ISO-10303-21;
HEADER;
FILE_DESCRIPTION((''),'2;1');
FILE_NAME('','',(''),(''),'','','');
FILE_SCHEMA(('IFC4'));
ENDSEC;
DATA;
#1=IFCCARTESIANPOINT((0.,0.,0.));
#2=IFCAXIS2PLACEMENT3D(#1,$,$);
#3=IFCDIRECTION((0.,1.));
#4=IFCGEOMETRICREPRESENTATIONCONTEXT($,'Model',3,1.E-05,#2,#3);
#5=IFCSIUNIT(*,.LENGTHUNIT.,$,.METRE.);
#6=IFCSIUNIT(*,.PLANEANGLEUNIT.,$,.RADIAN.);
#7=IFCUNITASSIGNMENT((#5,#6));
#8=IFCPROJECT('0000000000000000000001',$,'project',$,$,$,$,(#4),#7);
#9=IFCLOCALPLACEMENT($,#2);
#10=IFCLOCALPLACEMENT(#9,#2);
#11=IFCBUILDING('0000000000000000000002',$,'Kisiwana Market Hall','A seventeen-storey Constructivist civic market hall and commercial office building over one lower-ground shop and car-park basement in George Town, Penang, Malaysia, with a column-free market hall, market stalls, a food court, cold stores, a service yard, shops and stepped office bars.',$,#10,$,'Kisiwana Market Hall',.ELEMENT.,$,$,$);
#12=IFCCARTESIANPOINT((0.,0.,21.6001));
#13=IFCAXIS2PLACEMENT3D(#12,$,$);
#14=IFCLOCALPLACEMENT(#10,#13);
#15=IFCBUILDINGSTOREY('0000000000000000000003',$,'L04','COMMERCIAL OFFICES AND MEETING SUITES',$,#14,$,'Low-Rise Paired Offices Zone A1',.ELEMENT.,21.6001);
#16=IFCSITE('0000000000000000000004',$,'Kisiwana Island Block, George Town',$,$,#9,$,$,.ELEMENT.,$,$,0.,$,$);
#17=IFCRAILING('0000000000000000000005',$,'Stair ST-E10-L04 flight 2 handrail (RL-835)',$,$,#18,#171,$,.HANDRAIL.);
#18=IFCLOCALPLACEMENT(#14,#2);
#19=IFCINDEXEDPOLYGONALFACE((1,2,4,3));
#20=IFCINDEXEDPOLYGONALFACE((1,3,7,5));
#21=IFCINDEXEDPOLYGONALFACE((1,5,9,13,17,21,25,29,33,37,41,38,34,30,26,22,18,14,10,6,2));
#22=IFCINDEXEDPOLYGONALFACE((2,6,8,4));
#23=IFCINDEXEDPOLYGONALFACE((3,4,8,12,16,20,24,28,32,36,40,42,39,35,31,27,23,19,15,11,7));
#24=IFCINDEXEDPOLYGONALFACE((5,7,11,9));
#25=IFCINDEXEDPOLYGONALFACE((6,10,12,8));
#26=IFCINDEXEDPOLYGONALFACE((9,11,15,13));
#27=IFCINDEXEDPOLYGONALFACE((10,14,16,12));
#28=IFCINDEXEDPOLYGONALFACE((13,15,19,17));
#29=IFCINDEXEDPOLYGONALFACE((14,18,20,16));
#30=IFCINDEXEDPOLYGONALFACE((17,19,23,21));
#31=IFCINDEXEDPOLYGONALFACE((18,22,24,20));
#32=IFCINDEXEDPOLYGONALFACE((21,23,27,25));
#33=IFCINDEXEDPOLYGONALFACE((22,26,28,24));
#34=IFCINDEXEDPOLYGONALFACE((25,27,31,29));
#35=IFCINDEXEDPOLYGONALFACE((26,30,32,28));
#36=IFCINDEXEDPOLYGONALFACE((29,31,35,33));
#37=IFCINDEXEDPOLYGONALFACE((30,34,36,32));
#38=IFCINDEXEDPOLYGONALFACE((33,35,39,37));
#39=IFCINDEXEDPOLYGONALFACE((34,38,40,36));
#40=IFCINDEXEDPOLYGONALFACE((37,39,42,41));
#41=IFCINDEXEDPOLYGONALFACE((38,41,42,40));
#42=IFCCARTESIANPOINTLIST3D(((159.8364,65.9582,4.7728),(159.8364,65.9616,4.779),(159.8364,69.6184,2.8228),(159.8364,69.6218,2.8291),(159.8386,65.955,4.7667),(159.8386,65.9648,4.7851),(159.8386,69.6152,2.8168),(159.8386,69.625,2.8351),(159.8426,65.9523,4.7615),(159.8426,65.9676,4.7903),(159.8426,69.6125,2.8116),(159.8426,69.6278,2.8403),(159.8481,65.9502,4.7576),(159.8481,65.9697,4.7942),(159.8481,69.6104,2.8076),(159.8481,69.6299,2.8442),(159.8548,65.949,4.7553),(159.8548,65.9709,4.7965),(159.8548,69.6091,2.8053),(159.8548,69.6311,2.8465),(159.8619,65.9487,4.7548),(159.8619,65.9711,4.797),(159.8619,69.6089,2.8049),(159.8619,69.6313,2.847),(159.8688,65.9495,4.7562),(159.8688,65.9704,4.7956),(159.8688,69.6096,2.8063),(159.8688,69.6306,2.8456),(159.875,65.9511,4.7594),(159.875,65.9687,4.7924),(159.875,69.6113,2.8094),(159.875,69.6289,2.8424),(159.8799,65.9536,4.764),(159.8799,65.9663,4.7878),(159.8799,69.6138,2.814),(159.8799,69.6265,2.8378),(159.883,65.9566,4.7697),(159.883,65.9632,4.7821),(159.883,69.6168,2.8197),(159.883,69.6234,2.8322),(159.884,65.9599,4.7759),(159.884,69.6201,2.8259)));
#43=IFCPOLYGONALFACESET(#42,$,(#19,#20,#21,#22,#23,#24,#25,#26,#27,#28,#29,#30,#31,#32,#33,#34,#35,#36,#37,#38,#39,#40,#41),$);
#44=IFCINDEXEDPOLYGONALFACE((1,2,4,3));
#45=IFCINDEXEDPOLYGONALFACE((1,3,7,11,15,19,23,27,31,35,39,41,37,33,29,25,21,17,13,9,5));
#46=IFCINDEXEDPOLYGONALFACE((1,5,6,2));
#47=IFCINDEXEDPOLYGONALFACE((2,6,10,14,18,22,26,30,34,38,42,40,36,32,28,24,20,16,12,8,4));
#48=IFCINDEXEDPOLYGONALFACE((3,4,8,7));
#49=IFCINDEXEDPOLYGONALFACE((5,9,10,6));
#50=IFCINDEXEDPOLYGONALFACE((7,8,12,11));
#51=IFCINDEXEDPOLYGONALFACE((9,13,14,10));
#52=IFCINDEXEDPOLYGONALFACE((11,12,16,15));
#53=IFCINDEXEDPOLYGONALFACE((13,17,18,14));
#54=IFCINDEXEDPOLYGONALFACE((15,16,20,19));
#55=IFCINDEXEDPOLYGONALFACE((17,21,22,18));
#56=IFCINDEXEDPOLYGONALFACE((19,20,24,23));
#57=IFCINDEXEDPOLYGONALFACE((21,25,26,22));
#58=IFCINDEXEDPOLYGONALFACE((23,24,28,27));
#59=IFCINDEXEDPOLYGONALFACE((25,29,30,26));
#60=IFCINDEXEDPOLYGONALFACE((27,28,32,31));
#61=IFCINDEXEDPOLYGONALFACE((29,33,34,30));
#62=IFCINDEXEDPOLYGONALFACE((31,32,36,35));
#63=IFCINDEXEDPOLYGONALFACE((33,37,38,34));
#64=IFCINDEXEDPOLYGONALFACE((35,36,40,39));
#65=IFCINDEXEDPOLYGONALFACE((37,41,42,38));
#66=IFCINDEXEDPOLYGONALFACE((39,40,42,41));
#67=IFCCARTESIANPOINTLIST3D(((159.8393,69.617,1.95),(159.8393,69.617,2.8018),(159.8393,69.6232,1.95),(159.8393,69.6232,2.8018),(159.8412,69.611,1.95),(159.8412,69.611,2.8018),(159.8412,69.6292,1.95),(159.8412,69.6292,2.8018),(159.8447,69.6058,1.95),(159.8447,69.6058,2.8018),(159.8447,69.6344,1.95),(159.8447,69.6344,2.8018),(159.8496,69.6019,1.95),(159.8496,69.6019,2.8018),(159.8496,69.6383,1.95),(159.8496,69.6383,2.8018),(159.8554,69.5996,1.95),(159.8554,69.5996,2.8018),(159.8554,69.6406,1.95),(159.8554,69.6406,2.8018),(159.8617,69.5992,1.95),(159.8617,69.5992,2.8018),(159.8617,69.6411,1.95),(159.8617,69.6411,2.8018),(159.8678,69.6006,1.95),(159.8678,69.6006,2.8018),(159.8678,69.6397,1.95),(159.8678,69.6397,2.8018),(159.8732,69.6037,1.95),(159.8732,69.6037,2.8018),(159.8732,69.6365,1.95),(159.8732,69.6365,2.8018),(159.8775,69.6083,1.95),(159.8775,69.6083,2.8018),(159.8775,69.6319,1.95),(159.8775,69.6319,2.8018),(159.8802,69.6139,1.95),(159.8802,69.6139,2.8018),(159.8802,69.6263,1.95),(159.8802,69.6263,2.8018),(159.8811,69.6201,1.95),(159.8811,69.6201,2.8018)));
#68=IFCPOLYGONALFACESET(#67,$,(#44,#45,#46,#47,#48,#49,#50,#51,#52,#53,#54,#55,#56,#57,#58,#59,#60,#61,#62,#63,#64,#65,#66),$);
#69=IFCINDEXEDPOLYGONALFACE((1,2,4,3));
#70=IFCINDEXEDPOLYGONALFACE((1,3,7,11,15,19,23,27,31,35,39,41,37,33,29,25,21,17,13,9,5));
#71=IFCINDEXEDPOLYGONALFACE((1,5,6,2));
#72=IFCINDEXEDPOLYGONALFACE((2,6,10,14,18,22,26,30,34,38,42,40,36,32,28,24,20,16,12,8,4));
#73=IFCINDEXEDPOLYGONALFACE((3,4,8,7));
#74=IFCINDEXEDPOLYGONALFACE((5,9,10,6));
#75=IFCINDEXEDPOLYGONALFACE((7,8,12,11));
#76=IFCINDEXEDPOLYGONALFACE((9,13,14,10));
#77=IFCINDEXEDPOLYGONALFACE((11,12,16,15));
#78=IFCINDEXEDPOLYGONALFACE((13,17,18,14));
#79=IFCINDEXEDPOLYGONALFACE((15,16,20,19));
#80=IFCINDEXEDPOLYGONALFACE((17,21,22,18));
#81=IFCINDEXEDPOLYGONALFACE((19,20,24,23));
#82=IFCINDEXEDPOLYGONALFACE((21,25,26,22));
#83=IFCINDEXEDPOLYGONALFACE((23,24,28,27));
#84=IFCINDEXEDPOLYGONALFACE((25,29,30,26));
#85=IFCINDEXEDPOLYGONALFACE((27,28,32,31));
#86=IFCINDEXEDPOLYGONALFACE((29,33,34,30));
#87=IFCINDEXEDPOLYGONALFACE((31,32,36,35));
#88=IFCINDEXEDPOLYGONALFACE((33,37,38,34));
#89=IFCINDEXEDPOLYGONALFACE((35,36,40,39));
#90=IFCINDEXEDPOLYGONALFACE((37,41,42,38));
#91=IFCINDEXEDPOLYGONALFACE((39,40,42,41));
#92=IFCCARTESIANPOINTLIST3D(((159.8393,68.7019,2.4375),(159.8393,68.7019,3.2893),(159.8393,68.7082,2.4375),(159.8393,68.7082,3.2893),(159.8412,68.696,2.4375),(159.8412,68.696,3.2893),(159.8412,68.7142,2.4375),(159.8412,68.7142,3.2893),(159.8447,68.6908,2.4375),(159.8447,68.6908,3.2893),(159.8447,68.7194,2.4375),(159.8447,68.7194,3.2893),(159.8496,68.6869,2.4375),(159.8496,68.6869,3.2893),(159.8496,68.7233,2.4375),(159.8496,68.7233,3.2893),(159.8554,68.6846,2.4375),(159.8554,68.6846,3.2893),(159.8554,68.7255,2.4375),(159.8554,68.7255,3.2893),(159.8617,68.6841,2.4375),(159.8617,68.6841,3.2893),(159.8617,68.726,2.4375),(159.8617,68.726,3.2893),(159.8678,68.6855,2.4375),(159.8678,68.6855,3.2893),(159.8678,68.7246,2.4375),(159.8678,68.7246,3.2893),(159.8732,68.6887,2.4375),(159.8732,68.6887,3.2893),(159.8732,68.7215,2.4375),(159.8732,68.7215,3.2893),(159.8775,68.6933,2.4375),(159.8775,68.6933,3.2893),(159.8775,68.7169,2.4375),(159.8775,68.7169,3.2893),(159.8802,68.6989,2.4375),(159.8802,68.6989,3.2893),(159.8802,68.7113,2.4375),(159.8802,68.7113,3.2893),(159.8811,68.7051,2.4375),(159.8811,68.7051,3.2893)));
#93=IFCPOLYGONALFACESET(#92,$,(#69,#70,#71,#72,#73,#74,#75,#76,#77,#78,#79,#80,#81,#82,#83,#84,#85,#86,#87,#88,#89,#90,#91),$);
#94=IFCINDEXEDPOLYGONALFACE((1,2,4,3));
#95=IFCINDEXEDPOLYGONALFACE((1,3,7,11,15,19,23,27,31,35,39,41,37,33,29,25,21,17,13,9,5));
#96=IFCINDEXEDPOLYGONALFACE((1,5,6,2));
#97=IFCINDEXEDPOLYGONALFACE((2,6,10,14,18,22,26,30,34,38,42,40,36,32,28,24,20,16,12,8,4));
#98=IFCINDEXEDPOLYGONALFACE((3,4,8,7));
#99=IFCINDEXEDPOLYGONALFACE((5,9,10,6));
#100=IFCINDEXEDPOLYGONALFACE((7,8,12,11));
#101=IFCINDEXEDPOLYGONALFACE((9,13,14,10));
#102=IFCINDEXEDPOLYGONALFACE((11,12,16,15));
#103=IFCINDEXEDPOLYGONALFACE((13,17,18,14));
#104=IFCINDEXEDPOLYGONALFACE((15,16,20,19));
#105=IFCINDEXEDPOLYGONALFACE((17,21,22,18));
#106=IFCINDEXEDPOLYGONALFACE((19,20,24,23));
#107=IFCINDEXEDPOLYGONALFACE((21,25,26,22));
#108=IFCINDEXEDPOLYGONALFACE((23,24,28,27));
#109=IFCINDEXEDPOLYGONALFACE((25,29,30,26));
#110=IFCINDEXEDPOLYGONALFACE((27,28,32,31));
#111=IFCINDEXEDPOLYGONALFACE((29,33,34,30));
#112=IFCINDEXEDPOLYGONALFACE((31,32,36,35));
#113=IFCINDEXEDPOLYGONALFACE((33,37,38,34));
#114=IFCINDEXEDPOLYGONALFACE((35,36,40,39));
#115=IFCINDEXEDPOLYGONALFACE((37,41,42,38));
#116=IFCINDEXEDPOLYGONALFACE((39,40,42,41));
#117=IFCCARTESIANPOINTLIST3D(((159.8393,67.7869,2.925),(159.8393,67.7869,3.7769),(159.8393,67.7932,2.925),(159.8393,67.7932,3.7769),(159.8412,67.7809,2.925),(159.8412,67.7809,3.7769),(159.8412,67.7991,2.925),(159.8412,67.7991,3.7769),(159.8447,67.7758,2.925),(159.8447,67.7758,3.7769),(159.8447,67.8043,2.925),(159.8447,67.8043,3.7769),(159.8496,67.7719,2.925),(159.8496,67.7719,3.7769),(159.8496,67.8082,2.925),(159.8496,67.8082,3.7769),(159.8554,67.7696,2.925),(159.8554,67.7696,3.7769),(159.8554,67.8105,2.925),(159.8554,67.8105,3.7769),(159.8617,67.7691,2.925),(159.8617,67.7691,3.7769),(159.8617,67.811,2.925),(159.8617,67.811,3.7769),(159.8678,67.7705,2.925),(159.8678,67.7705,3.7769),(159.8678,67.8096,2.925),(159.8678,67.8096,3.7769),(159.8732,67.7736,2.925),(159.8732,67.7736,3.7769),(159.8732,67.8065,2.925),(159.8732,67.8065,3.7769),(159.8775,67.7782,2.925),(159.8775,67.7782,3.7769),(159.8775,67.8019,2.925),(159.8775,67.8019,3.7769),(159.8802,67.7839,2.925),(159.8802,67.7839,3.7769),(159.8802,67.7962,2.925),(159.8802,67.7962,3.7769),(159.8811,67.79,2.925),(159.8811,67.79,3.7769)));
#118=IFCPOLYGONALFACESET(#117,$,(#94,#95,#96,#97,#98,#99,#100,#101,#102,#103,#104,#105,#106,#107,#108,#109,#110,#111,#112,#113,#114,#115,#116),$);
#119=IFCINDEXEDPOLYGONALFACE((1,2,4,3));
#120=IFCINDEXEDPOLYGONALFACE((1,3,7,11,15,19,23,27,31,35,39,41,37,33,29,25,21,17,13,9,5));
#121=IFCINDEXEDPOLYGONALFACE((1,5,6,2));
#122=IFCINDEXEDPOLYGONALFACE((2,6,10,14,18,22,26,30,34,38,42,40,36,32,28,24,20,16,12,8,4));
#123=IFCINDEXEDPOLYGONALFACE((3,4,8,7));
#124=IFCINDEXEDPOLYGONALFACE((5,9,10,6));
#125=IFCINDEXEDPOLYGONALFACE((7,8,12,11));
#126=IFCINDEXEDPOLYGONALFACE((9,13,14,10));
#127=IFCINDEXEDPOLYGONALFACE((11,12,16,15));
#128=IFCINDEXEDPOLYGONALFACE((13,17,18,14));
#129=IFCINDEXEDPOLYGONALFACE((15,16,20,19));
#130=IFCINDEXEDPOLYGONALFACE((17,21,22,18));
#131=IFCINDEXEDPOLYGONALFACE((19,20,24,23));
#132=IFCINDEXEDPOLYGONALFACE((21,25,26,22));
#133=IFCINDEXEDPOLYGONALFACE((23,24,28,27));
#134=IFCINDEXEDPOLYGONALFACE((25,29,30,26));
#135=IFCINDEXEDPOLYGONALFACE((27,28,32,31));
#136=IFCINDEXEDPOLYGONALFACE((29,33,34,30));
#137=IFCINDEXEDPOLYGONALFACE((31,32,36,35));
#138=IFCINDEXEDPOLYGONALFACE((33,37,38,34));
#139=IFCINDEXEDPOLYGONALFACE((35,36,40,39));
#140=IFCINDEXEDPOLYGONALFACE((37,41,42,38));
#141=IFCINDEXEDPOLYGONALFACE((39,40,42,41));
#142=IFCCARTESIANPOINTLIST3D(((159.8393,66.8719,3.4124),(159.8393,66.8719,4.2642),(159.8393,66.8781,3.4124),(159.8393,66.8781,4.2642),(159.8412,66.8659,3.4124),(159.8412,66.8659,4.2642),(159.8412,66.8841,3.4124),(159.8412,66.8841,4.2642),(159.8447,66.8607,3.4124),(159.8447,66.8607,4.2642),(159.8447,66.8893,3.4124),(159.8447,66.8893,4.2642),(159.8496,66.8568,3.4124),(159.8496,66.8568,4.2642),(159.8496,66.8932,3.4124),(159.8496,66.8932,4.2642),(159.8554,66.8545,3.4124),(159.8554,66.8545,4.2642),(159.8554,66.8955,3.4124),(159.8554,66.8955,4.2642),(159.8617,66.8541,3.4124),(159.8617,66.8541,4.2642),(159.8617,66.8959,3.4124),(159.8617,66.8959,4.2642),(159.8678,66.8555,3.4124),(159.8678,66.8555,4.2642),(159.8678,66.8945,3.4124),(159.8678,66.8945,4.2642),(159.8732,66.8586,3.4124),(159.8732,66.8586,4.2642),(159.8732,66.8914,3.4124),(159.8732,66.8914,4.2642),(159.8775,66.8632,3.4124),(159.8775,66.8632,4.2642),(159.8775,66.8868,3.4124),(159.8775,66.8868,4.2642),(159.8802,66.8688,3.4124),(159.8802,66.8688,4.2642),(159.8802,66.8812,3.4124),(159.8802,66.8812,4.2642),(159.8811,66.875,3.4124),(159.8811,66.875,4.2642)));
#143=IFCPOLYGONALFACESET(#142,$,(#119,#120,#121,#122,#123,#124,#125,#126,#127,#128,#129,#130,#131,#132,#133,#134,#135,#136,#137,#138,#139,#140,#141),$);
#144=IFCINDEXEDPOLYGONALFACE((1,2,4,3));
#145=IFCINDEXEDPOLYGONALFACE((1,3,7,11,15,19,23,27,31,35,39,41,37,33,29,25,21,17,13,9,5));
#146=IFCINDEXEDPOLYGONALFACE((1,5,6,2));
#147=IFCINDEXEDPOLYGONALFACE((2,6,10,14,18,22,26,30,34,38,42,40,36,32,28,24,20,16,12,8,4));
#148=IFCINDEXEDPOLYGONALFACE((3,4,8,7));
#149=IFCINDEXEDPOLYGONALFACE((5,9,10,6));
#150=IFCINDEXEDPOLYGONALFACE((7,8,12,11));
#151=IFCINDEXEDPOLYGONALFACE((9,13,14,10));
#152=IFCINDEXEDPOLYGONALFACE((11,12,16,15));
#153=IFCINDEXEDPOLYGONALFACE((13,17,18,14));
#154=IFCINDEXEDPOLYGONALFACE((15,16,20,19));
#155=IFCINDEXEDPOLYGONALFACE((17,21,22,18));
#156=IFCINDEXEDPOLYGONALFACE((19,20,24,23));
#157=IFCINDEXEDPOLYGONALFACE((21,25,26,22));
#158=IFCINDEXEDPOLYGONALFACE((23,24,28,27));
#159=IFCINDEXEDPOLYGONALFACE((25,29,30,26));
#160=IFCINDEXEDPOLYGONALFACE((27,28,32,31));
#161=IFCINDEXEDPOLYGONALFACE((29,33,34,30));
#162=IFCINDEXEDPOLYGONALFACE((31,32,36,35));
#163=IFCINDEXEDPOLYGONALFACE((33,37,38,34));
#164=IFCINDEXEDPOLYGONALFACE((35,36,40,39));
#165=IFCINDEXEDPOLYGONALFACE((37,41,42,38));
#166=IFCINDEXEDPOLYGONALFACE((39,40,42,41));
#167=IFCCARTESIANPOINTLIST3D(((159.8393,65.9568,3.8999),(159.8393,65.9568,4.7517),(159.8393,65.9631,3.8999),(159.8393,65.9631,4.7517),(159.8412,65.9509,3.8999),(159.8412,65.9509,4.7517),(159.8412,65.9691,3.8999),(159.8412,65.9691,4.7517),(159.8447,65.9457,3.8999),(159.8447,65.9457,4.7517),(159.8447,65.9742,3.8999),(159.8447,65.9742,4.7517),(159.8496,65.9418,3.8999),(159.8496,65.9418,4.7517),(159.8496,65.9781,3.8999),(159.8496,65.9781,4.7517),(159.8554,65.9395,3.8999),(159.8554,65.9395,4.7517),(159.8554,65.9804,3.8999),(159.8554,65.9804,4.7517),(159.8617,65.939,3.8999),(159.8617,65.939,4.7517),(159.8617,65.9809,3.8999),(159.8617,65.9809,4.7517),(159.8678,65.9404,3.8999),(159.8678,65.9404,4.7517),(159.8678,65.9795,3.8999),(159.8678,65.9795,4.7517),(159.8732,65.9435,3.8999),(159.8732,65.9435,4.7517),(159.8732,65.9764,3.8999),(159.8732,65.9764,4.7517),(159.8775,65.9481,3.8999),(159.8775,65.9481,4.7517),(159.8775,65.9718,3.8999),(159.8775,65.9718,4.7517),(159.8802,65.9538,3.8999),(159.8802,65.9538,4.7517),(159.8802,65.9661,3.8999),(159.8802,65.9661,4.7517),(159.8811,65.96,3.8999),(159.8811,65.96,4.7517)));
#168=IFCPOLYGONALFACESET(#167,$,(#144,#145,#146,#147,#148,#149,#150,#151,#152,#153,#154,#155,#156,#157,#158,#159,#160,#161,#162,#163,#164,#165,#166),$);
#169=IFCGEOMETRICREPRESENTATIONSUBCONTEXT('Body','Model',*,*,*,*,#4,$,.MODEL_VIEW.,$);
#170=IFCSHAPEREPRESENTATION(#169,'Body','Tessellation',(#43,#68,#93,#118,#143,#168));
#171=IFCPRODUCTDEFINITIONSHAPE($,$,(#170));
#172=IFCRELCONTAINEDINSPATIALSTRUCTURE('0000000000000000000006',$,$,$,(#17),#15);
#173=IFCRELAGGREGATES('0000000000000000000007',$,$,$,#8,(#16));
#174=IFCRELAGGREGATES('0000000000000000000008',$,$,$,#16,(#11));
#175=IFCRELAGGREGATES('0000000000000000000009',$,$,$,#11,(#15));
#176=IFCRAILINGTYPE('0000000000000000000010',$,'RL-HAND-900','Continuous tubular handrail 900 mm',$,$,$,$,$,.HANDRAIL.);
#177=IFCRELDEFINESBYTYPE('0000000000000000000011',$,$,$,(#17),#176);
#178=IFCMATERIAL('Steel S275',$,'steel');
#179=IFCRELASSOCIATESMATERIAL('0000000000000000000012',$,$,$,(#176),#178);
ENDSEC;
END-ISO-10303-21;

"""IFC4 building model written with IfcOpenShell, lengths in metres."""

from ifc_helpers import new_model, si_unit, direction, frame, origin, origin_2d, place, context, subcontext, project, spatial, circle, extrude, material, type_object, element, save


model = new_model("IFC4")

# Units and contexts
model_context = context("Model", 3, precision=1e-05, world=origin(), true_north=direction((0.0, 1.0)))
body_context = subcontext(model_context, "Body", "Model", "MODEL_VIEW")
ifc_project = project(units=[si_unit("LENGTHUNIT", "METRE"), si_unit("PLANEANGLEUNIT", "RADIAN")], contexts=[model_context])

# Site, building, storey
site_placement = place(None, origin())
site = spatial("IfcSite", under=ifc_project, at=site_placement, Name="Kisiwana Island Block, George Town", CompositionType="ELEMENT", RefElevation=0.0)
building_placement = place(site_placement, origin())
building = spatial("IfcBuilding", under=site, at=building_placement, Name="Kisiwana Market Hall", Description="A seventeen-storey Constructivist civic market hall and commercial office building over one lower-ground shop and car-park basement in George Town, Penang, Malaysia, with a column-free market hall, market stalls, a food court, cold stores, a service yard, shops and stepped office bars.", LongName="Kisiwana Market Hall", CompositionType="ELEMENT")
storey_placement = place(building_placement, frame((0.0, 0.0, 21.6001)))
storey = spatial("IfcBuildingStorey", under=building, at=storey_placement, Name="L04", Description="COMMERCIAL OFFICES AND MEETING SUITES", LongName="Low-Rise Paired Offices Zone A1", CompositionType="ELEMENT", Elevation=21.6001)

# Railing
ifc_material_1 = material(Name="Steel S275", Category="steel")
railing_type_1 = type_object("IfcRailingType", Name="RL-HAND-900", Description="Continuous tubular handrail 900 mm", PredefinedType="HANDRAIL", material=ifc_material_1)
for number, where, name in (
    (1, (159.8601, 69.6201, 1.95), "Stair ST-E10-L04 flight 2 handrail (RL-835)"),
):
    element("IfcRailing", number, at=place(storey_placement, frame(where)), inside=storey, type_object=railing_type_1, Name=name, PredefinedType="HANDRAIL", context=body_context, shape_type="SweptSolid", body=[
        extrude(circle(Radius=0.0239, at=origin_2d()), frame((0.0, 0.0, 0.876), z_axis=(0.0, -0.882566, 0.470188), x_axis=(1.0, 0.0, 0.0)), (0.0, 0.0, 1.0), 4.1472),
        extrude(circle(Radius=0.021, at=origin_2d()), origin(), (0.0, 0.0, 1.0), 0.8518),
        extrude(circle(Radius=0.021, at=origin_2d()), frame((0.0, -0.915, 0.4875)), (0.0, 0.0, 1.0), 0.8518),
        extrude(circle(Radius=0.021, at=origin_2d()), frame((0.0, -1.8301, 0.9751)), (0.0, 0.0, 1.0), 0.8518),
        extrude(circle(Radius=0.021, at=origin_2d()), frame((0.0, -2.7451, 1.4624)), (0.0, 0.0, 1.0), 0.8518),
        extrude(circle(Radius=0.021, at=origin_2d()), frame((0.0, -3.6602, 1.95)), (0.0, 0.0, 1.0), 0.8518),
    ])

save(model, "model.ifc")
